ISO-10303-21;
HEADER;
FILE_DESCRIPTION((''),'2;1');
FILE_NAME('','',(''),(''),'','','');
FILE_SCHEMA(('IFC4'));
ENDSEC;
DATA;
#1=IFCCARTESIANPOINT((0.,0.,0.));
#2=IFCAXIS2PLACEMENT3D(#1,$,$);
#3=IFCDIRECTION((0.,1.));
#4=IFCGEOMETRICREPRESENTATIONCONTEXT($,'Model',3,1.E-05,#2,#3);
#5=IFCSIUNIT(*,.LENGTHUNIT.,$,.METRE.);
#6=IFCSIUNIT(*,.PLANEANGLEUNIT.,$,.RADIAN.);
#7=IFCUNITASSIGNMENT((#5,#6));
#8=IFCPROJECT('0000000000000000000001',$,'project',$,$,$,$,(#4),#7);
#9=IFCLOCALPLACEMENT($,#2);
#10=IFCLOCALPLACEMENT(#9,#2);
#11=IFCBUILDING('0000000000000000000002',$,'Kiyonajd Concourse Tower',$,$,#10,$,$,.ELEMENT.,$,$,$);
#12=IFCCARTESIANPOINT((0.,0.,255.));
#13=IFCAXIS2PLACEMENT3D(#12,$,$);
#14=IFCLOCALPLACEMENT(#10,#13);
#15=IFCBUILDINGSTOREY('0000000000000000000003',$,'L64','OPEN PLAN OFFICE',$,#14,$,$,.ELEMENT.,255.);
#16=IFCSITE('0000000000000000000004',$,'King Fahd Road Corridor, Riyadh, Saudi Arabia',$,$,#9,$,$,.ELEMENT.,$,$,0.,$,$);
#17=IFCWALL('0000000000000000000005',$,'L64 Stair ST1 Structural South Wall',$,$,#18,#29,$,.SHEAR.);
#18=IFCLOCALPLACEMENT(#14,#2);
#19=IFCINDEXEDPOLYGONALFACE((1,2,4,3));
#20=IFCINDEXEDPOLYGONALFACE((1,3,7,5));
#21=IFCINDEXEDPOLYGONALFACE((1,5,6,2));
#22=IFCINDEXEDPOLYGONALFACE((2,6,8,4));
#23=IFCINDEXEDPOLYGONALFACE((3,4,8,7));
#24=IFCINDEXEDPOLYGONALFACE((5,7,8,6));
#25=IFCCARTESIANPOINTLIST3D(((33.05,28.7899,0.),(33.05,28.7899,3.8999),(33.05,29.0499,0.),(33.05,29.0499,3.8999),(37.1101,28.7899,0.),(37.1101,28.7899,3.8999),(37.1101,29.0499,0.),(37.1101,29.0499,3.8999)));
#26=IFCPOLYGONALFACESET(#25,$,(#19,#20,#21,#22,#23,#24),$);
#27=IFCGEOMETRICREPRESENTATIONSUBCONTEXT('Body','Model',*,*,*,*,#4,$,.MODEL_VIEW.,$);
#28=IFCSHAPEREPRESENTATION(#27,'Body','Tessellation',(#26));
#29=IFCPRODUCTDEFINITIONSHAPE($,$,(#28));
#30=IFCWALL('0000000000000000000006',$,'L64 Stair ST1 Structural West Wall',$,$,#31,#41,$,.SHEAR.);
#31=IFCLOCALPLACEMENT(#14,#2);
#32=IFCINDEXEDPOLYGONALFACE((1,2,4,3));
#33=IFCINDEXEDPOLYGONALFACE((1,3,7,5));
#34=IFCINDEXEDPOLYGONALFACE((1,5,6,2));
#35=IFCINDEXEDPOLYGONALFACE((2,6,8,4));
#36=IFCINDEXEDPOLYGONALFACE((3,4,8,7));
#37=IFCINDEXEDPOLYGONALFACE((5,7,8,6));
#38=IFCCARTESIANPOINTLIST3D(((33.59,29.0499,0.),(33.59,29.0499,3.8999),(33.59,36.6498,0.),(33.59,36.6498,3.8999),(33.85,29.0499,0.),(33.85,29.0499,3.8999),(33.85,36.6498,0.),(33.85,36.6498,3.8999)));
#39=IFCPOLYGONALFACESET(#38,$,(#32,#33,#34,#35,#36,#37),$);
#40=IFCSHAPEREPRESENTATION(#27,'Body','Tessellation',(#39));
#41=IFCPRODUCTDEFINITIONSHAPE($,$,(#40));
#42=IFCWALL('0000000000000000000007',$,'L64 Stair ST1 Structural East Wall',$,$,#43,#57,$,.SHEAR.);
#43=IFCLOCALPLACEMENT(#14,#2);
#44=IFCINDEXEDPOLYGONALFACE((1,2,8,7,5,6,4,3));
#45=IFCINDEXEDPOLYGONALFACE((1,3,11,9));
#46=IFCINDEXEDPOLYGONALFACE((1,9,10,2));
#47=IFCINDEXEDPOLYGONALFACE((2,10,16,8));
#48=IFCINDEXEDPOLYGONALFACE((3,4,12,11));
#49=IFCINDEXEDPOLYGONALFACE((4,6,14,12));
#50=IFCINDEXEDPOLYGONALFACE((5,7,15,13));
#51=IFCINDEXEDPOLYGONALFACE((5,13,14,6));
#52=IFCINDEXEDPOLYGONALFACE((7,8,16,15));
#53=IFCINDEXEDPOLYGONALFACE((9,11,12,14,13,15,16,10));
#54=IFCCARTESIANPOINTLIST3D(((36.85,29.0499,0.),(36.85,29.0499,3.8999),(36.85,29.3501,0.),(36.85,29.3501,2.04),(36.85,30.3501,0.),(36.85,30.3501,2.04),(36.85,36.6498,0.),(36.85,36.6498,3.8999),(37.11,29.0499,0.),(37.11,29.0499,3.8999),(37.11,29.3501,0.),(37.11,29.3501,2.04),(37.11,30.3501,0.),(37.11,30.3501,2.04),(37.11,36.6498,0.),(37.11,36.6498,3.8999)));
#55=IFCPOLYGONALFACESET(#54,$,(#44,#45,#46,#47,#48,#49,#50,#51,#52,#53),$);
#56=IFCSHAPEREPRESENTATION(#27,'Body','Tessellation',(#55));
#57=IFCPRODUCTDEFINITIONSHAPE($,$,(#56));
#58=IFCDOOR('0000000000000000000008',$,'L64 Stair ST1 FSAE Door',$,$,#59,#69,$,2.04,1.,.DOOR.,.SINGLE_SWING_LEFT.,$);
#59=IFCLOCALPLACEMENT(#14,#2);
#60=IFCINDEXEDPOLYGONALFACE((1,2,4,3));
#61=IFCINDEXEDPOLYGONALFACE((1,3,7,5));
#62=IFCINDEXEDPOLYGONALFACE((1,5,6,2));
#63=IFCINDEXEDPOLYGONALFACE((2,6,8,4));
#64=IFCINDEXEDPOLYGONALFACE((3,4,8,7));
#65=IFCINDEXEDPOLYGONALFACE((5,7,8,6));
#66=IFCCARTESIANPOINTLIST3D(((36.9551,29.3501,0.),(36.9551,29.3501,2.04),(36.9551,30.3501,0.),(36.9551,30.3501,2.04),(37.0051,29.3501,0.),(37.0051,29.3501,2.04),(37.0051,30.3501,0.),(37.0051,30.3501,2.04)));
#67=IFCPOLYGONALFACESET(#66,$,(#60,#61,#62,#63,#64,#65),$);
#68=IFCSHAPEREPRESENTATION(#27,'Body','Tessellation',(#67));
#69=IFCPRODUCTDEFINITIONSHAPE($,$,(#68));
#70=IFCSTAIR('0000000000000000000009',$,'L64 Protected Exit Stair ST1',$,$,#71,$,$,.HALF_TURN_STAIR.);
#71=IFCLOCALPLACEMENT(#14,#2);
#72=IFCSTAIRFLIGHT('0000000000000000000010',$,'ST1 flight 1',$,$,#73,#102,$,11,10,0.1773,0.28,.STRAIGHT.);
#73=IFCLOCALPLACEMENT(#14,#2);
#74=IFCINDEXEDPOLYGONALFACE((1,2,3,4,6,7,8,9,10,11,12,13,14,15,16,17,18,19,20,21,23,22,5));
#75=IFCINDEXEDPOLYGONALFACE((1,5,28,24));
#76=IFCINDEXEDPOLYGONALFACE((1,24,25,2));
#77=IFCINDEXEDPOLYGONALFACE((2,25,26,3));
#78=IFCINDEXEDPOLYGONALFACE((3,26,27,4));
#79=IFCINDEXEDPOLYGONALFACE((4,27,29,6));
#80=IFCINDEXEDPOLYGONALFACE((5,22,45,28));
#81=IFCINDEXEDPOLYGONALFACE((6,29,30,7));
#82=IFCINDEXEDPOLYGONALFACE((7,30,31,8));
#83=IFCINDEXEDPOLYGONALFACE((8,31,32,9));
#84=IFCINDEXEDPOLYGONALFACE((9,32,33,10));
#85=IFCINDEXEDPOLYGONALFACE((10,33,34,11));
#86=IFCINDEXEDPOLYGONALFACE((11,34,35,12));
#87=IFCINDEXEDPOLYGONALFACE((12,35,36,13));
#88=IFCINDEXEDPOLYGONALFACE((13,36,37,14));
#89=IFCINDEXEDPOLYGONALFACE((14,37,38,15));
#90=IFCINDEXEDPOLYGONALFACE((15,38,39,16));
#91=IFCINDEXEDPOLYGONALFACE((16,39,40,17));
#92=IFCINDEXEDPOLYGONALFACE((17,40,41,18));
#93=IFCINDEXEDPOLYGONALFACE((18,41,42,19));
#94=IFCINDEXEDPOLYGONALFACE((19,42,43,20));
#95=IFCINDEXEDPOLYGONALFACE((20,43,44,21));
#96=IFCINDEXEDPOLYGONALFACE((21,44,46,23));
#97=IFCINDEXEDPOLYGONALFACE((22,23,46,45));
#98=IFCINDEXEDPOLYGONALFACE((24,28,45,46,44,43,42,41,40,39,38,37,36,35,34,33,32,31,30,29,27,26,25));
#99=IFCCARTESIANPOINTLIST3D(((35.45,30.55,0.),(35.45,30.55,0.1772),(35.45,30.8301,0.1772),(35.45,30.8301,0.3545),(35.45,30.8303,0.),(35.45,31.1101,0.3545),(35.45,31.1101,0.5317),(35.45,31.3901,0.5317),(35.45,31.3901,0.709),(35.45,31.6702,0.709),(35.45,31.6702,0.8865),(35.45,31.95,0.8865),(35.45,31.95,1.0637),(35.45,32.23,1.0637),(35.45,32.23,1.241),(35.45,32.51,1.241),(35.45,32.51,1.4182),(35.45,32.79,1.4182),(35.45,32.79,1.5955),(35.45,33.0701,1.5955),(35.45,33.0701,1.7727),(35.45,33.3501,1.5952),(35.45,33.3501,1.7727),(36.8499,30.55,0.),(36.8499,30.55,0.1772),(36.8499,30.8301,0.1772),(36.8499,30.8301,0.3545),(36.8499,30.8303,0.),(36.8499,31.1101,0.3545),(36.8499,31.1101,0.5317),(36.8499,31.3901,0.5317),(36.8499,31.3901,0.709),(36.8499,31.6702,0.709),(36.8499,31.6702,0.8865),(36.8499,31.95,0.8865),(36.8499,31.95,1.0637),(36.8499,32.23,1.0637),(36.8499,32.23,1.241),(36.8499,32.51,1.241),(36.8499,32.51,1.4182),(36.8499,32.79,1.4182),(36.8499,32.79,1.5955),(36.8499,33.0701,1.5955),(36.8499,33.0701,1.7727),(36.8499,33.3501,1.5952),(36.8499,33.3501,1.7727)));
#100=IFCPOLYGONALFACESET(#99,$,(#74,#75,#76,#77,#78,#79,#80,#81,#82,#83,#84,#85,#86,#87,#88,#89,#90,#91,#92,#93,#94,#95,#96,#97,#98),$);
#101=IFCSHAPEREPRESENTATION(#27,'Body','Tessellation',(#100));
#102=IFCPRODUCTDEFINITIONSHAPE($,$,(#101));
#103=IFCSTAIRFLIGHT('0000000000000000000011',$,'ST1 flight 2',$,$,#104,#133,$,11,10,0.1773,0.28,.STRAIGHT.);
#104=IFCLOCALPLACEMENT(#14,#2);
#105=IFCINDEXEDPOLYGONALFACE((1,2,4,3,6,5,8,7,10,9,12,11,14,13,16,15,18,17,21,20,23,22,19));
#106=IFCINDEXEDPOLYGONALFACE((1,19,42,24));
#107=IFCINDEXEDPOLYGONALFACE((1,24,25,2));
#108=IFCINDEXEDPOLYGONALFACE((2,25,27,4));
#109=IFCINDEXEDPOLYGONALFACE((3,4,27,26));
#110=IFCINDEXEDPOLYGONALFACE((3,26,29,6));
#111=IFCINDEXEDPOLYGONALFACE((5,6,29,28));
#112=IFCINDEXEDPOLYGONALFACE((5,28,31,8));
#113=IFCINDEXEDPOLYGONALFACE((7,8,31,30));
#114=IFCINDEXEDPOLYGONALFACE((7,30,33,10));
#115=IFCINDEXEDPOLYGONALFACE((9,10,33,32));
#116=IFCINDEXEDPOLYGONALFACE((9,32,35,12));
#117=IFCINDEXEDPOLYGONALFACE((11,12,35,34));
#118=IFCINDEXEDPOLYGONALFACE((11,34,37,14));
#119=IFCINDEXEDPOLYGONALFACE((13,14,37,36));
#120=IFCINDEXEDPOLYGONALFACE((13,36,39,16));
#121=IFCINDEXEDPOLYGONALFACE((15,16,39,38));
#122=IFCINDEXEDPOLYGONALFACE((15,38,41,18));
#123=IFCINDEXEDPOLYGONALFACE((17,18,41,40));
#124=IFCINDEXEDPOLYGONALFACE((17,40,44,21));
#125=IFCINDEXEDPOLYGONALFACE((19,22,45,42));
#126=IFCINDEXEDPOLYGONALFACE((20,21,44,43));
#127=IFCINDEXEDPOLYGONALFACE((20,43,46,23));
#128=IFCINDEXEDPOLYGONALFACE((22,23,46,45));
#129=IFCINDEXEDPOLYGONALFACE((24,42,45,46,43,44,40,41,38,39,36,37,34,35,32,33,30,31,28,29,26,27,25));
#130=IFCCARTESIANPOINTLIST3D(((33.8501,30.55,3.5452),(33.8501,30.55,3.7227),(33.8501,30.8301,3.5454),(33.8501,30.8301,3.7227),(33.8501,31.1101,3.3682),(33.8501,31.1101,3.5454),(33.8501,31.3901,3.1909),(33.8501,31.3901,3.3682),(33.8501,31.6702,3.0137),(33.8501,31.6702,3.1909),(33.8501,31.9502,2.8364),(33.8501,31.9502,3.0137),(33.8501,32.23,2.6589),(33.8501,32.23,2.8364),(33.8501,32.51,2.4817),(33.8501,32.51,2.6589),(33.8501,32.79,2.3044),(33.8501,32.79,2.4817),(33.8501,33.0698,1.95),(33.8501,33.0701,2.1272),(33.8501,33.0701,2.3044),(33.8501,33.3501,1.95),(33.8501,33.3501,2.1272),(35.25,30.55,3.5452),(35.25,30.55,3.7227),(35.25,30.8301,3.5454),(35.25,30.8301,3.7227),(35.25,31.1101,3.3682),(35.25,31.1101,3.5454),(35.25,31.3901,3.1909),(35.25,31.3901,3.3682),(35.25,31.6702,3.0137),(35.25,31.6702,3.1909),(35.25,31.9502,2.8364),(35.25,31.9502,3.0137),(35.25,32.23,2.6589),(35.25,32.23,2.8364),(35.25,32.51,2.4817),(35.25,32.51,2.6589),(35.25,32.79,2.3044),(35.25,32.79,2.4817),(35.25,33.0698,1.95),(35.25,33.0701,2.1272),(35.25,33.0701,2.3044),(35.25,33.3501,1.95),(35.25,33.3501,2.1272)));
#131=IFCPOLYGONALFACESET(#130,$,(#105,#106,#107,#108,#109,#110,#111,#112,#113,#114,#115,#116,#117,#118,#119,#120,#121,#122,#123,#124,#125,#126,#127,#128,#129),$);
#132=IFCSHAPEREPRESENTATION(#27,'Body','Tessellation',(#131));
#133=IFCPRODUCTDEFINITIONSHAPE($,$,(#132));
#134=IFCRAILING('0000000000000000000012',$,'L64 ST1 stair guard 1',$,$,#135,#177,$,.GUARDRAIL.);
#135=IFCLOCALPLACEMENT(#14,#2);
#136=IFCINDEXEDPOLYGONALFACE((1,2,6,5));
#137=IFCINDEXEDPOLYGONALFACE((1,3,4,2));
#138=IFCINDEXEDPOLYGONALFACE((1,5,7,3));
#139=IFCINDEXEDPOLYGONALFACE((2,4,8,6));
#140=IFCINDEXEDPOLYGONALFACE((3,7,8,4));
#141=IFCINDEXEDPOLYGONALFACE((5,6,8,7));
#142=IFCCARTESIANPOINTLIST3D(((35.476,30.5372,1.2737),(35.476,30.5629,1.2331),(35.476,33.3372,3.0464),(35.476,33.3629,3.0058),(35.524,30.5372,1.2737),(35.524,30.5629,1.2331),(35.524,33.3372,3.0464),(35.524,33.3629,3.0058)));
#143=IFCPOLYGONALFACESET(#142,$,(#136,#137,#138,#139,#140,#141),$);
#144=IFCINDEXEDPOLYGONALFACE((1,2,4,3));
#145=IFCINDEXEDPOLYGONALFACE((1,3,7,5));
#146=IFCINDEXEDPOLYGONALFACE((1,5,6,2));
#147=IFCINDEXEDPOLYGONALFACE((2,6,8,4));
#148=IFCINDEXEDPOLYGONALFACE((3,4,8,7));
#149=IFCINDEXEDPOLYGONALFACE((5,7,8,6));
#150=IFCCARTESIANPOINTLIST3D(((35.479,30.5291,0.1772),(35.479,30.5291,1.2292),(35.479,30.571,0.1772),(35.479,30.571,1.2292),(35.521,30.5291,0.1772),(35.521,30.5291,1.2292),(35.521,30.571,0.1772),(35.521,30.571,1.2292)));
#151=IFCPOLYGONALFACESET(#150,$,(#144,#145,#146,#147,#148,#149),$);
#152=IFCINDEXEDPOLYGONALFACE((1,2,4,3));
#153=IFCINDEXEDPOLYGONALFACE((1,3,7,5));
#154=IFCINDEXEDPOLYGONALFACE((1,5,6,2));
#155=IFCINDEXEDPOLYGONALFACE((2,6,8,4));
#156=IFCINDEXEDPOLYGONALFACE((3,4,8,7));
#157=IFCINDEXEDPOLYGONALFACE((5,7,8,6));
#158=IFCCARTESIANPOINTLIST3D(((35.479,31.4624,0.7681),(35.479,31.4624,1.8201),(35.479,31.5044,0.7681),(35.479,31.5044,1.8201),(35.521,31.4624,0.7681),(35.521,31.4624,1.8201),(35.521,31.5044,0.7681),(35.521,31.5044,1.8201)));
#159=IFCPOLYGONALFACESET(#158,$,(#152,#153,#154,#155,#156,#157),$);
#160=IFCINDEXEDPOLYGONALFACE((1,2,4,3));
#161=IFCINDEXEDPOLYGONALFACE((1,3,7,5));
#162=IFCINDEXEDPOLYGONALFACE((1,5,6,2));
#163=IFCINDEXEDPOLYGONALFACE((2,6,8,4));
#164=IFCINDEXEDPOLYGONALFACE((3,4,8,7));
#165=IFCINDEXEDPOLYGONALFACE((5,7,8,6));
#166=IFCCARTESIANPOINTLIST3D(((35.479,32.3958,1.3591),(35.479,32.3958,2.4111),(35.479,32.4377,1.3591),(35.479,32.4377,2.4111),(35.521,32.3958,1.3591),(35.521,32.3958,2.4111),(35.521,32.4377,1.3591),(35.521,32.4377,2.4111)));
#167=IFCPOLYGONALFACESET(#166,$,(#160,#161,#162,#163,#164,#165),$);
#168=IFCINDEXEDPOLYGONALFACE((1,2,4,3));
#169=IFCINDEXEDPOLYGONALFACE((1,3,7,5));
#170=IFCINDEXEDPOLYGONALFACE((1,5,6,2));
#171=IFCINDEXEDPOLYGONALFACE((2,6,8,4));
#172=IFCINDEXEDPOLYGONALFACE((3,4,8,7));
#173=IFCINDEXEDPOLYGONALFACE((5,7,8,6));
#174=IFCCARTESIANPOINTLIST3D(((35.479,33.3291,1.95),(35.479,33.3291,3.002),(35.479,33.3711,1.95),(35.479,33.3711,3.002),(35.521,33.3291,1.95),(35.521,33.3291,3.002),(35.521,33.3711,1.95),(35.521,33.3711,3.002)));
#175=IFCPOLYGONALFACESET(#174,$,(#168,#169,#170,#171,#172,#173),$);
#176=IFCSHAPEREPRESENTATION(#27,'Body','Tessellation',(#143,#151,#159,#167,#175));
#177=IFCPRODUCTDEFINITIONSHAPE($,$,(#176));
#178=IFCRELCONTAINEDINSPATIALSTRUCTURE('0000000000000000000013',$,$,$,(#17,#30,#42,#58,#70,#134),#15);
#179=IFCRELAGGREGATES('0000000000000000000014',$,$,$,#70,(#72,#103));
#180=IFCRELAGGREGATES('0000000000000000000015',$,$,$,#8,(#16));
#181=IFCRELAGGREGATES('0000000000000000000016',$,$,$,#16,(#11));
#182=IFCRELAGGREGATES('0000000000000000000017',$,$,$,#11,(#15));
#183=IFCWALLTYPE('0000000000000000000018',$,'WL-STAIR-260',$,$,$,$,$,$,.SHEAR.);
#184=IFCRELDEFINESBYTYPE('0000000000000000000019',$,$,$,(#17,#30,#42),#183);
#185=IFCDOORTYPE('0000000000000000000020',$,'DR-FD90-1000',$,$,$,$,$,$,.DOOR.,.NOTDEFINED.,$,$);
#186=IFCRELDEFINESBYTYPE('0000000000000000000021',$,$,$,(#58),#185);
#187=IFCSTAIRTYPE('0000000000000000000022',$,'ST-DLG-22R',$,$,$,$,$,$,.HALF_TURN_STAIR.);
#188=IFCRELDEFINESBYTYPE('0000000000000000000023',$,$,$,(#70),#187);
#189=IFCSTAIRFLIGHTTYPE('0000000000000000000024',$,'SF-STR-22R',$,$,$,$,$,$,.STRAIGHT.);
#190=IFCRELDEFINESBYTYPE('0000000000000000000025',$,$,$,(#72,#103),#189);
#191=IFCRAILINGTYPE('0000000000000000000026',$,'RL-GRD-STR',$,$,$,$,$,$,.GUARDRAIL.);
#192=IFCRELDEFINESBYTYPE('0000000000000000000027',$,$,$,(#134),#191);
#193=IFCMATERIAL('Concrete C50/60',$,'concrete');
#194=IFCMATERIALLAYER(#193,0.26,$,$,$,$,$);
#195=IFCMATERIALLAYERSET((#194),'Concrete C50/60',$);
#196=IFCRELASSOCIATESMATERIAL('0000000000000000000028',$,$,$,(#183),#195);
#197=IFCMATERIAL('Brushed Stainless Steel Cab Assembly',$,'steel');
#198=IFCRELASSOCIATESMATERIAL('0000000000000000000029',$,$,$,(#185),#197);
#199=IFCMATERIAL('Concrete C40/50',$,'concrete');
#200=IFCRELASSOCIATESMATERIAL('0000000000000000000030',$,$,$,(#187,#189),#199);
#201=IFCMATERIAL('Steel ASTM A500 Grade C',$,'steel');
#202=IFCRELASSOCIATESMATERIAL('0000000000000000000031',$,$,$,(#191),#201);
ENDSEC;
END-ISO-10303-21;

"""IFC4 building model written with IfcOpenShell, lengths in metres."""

from ifc_helpers import new_model, si_unit, direction, frame, frame_2d, origin, origin_2d, place, context, subcontext, project, spatial, polyline, rectangle, outline, extrude, material, layer, layer_set, type_object, element, fill, aggregate, save


model = new_model("IFC4")

# Units and contexts
model_context = context("Model", 3, precision=1e-05, world=origin(), true_north=direction((0.0, 1.0)))
body_context = subcontext(model_context, "Body", "Model", "MODEL_VIEW")
ifc_project = project(units=[si_unit("LENGTHUNIT", "METRE"), si_unit("PLANEANGLEUNIT", "RADIAN")], contexts=[model_context])

# Site, building, storey
site_placement = place(None, origin())
site = spatial("IfcSite", under=ifc_project, at=site_placement, Name="King Fahd Road Corridor, Riyadh, Saudi Arabia", CompositionType="ELEMENT", RefElevation=0.0)
building_placement = place(site_placement, origin())
building = spatial("IfcBuilding", under=site, at=building_placement, Name="Kiyonajd Concourse Tower", CompositionType="ELEMENT")
storey_placement = place(building_placement, frame((0.0, 0.0, 255.0)))
storey = spatial("IfcBuildingStorey", under=building, at=storey_placement, Name="L64", Description="OPEN PLAN OFFICE", CompositionType="ELEMENT", Elevation=255.0)

# Shared definitions
ifc_material_1 = material(Name="Concrete C50/60", Category="concrete")

# Shared definitions
ifc_material_2 = material(Name="Brushed Stainless Steel Cab Assembly", Category="steel")

# Walls
ifc_layer_1 = layer(ifc_material_1, 0.26)
ifc_layer_set_1 = layer_set([ifc_layer_1], Name="Concrete C50/60")
wall_type_1 = type_object("IfcWallType", Name="WL-STAIR-260", PredefinedType="SHEAR", material=ifc_layer_set_1)
wall_1_placement = place(storey_placement, frame((33.05, 28.9199, 0.0), z_axis=(0.0, 0.0, 1.0), x_axis=(1.0, 0.0, 0.0)))
element("IfcWall", 1, at=wall_1_placement, inside=storey, type_object=wall_type_1, Name="L64 Stair ST1 Structural South Wall", PredefinedType="SHEAR", context=body_context, shape_type="SweptSolid", body=[
    extrude(rectangle(XDim=4.0601, YDim=0.26, at=frame_2d((2.03, 0.0))), origin(), (0.0, 0.0, 1.0), 3.8999),
])
wall_2_placement = place(storey_placement, frame((33.72, 29.05, 0.0), z_axis=(0.0, 0.0, 1.0), x_axis=(0.0, 1.0, 0.0)))
element("IfcWall", 2, at=wall_2_placement, inside=storey, type_object=wall_type_1, Name="L64 Stair ST1 Structural West Wall", PredefinedType="SHEAR", context=body_context, shape_type="SweptSolid", body=[
    extrude(rectangle(XDim=7.5999, YDim=0.26, at=frame_2d((3.7998, 0.0))), origin(), (0.0, 0.0, 1.0), 3.8999),
])

# Wall, opening, door
wall_3_placement = place(storey_placement, frame((36.98, 29.05, 0.0), z_axis=(0.0, 0.0, 1.0), x_axis=(0.0, 1.0, 0.0)))
wall_3 = element("IfcWall", 3, at=wall_3_placement, inside=storey, type_object=wall_type_1, Name="L64 Stair ST1 Structural East Wall", PredefinedType="SHEAR", context=body_context, shape_type="SweptSolid", body=[
    extrude(rectangle(XDim=7.5999, YDim=0.26, at=frame_2d((3.7998, 0.0))), origin(), (0.0, 0.0, 1.0), 3.8999),
])
opening_1_placement = place(wall_3_placement, frame((0.3, 0.0, 0.0)))
opening_1 = element("IfcOpeningElement", 4, at=opening_1_placement, cuts=wall_3, PredefinedType="OPENING", context=body_context, shape_type="SweptSolid", body=[
    extrude(rectangle(XDim=1.0, YDim=2.04, at=frame_2d((0.5, 1.02))), frame((0.0, 0.1399, 0.0), z_axis=(0.0, -1.0, 0.0), x_axis=(1.0, 0.0, 0.0)), (0.0, 0.0, 1.0), 0.28),
])
door_type_1 = type_object("IfcDoorType", Name="DR-FD90-1000", OperationType="NOTDEFINED", PredefinedType="DOOR", material=ifc_material_2)
door_1_placement = place(opening_1_placement, origin())
door_1 = element("IfcDoor", 5, at=door_1_placement, inside=storey, type_object=door_type_1, Name="L64 Stair ST1 FSAE Door", OperationType="SINGLE_SWING_LEFT", OverallHeight=2.04, OverallWidth=1.0, PredefinedType="DOOR", context=body_context, shape_type="SweptSolid", body=[
    extrude(rectangle(XDim=1.0, YDim=2.04, at=frame_2d((0.5, 1.02))), frame((0.0, 0.0249, 0.0), z_axis=(0.0, -1.0, 0.0), x_axis=(1.0, 0.0, 0.0)), (0.0, 0.0, 1.0), 0.05),
])
fill(opening_1, door_1)

# Stair, stair flights
ifc_material_3 = material(Name="Concrete C40/50", Category="concrete")
stair_type = type_object("IfcStairType", Name="ST-DLG-22R", PredefinedType="HALF_TURN_STAIR", material=ifc_material_3)
stair_placement = place(storey_placement, origin())
stair = element("IfcStair", 6, at=stair_placement, inside=storey, type_object=stair_type, Name="L64 Protected Exit Stair ST1", PredefinedType="HALF_TURN_STAIR")
stair_flight_type = type_object("IfcStairFlightType", Name="SF-STR-22R", PredefinedType="STRAIGHT", material=ifc_material_3)
stair_flight_1_placement = place(storey_placement, frame((36.1499, 30.55, 0.0), z_axis=(0.0, 0.0, 1.0), x_axis=(0.0, 1.0, 0.0)))
stair_flight_1 = element("IfcStairFlight", 7, at=stair_flight_1_placement, type_object=stair_flight_type, Name="ST1 flight 1", NumberOfRisers=11, NumberOfTreads=10, PredefinedType="STRAIGHT", RiserHeight=0.1773, TreadLength=0.28, context=body_context, shape_type="SweptSolid", body=[
    extrude(outline(polyline([(0.0, 0.0), (0.0, 0.1772), (0.28, 0.1772), (0.28, 0.3545), (0.5601, 0.3545), (0.5601, 0.5317), (0.8401, 0.5317), (0.8401, 0.709), (1.1201, 0.709), (1.1201, 0.8865), (1.3999, 0.8865), (1.3999, 1.0637), (1.6799, 1.0637), (1.6799, 1.241), (1.96, 1.241), (1.96, 1.4182), (2.24, 1.4182), (2.24, 1.5955), (2.52, 1.5955), (2.52, 1.7727), (2.8, 1.7727), (2.8, 1.95), (2.8, 1.5952), (0.2803, 0.0), (0.0, 0.0)])), frame((0.0, 0.7, 0.0), z_axis=(0.0, -1.0, 0.0), x_axis=(1.0, 0.0, 0.0)), (0.0, 0.0, 1.0), 1.3999),
])
stair_flight_2_placement = place(storey_placement, frame((34.55, 33.3501, 1.95), z_axis=(0.0, 0.0, 1.0), x_axis=(0.0, -1.0, 0.0)))
stair_flight_2 = element("IfcStairFlight", 8, at=stair_flight_2_placement, type_object=stair_flight_type, Name="ST1 flight 2", NumberOfRisers=11, NumberOfTreads=10, PredefinedType="STRAIGHT", RiserHeight=0.1773, TreadLength=0.28, context=body_context, shape_type="SweptSolid", body=[
    extrude(outline(polyline([(0.0, 0.0), (0.0, 0.1772), (0.28, 0.1772), (0.28, 0.3545), (0.5601, 0.3545), (0.5601, 0.5317), (0.8401, 0.5317), (0.8401, 0.709), (1.1201, 0.709), (1.1201, 0.8865), (1.3999, 0.8865), (1.3999, 1.0637), (1.6799, 1.0637), (1.6799, 1.241), (1.96, 1.241), (1.96, 1.4182), (2.24, 1.4182), (2.24, 1.5955), (2.52, 1.5955), (2.52, 1.7727), (2.8, 1.7727), (2.8, 1.95), (2.8, 1.5952), (0.2803, 0.0), (0.0, 0.0)])), frame((0.0, 0.7, 0.0), z_axis=(0.0, -1.0, 0.0), x_axis=(1.0, 0.0, 0.0)), (0.0, 0.0, 1.0), 1.3999),
])
aggregate(stair, [stair_flight_1, stair_flight_2])

# Railing
ifc_material_4 = material(Name="Steel ASTM A500 Grade C", Category="steel")
railing_type_1 = type_object("IfcRailingType", Name="RL-GRD-STR", PredefinedType="GUARDRAIL", material=ifc_material_4)
railing_1_placement = place(storey_placement, frame((35.5, 30.55, 0.1772)))
element("IfcRailing", 9, at=railing_1_placement, inside=storey, type_object=railing_type_1, Name="L64 ST1 stair guard 1", PredefinedType="GUARDRAIL", context=body_context, shape_type="SweptSolid", body=[
    extrude(rectangle(XDim=0.0481, YDim=0.0481, at=origin_2d()), frame((0.0, 0.0, 1.0762), z_axis=(0.0, 0.844909, 0.53491), x_axis=(-1.0, 0.0, 0.0)), (0.0, 0.0, 1.0), 3.314),
    extrude(rectangle(XDim=0.042, YDim=0.042, at=origin_2d()), origin(), (0.0, 0.0, 1.0), 1.052),
    extrude(rectangle(XDim=0.042, YDim=0.042, at=origin_2d()), frame((0.0, 0.9333, 0.5908)), (0.0, 0.0, 1.0), 1.052),
    extrude(rectangle(XDim=0.042, YDim=0.042, at=origin_2d()), frame((0.0, 1.8667, 1.1819)), (0.0, 0.0, 1.0), 1.052),
    extrude(rectangle(XDim=0.042, YDim=0.042, at=origin_2d()), frame((0.0, 2.8, 1.7727)), (0.0, 0.0, 1.0), 1.052),
])

save(model, "model.ifc")
